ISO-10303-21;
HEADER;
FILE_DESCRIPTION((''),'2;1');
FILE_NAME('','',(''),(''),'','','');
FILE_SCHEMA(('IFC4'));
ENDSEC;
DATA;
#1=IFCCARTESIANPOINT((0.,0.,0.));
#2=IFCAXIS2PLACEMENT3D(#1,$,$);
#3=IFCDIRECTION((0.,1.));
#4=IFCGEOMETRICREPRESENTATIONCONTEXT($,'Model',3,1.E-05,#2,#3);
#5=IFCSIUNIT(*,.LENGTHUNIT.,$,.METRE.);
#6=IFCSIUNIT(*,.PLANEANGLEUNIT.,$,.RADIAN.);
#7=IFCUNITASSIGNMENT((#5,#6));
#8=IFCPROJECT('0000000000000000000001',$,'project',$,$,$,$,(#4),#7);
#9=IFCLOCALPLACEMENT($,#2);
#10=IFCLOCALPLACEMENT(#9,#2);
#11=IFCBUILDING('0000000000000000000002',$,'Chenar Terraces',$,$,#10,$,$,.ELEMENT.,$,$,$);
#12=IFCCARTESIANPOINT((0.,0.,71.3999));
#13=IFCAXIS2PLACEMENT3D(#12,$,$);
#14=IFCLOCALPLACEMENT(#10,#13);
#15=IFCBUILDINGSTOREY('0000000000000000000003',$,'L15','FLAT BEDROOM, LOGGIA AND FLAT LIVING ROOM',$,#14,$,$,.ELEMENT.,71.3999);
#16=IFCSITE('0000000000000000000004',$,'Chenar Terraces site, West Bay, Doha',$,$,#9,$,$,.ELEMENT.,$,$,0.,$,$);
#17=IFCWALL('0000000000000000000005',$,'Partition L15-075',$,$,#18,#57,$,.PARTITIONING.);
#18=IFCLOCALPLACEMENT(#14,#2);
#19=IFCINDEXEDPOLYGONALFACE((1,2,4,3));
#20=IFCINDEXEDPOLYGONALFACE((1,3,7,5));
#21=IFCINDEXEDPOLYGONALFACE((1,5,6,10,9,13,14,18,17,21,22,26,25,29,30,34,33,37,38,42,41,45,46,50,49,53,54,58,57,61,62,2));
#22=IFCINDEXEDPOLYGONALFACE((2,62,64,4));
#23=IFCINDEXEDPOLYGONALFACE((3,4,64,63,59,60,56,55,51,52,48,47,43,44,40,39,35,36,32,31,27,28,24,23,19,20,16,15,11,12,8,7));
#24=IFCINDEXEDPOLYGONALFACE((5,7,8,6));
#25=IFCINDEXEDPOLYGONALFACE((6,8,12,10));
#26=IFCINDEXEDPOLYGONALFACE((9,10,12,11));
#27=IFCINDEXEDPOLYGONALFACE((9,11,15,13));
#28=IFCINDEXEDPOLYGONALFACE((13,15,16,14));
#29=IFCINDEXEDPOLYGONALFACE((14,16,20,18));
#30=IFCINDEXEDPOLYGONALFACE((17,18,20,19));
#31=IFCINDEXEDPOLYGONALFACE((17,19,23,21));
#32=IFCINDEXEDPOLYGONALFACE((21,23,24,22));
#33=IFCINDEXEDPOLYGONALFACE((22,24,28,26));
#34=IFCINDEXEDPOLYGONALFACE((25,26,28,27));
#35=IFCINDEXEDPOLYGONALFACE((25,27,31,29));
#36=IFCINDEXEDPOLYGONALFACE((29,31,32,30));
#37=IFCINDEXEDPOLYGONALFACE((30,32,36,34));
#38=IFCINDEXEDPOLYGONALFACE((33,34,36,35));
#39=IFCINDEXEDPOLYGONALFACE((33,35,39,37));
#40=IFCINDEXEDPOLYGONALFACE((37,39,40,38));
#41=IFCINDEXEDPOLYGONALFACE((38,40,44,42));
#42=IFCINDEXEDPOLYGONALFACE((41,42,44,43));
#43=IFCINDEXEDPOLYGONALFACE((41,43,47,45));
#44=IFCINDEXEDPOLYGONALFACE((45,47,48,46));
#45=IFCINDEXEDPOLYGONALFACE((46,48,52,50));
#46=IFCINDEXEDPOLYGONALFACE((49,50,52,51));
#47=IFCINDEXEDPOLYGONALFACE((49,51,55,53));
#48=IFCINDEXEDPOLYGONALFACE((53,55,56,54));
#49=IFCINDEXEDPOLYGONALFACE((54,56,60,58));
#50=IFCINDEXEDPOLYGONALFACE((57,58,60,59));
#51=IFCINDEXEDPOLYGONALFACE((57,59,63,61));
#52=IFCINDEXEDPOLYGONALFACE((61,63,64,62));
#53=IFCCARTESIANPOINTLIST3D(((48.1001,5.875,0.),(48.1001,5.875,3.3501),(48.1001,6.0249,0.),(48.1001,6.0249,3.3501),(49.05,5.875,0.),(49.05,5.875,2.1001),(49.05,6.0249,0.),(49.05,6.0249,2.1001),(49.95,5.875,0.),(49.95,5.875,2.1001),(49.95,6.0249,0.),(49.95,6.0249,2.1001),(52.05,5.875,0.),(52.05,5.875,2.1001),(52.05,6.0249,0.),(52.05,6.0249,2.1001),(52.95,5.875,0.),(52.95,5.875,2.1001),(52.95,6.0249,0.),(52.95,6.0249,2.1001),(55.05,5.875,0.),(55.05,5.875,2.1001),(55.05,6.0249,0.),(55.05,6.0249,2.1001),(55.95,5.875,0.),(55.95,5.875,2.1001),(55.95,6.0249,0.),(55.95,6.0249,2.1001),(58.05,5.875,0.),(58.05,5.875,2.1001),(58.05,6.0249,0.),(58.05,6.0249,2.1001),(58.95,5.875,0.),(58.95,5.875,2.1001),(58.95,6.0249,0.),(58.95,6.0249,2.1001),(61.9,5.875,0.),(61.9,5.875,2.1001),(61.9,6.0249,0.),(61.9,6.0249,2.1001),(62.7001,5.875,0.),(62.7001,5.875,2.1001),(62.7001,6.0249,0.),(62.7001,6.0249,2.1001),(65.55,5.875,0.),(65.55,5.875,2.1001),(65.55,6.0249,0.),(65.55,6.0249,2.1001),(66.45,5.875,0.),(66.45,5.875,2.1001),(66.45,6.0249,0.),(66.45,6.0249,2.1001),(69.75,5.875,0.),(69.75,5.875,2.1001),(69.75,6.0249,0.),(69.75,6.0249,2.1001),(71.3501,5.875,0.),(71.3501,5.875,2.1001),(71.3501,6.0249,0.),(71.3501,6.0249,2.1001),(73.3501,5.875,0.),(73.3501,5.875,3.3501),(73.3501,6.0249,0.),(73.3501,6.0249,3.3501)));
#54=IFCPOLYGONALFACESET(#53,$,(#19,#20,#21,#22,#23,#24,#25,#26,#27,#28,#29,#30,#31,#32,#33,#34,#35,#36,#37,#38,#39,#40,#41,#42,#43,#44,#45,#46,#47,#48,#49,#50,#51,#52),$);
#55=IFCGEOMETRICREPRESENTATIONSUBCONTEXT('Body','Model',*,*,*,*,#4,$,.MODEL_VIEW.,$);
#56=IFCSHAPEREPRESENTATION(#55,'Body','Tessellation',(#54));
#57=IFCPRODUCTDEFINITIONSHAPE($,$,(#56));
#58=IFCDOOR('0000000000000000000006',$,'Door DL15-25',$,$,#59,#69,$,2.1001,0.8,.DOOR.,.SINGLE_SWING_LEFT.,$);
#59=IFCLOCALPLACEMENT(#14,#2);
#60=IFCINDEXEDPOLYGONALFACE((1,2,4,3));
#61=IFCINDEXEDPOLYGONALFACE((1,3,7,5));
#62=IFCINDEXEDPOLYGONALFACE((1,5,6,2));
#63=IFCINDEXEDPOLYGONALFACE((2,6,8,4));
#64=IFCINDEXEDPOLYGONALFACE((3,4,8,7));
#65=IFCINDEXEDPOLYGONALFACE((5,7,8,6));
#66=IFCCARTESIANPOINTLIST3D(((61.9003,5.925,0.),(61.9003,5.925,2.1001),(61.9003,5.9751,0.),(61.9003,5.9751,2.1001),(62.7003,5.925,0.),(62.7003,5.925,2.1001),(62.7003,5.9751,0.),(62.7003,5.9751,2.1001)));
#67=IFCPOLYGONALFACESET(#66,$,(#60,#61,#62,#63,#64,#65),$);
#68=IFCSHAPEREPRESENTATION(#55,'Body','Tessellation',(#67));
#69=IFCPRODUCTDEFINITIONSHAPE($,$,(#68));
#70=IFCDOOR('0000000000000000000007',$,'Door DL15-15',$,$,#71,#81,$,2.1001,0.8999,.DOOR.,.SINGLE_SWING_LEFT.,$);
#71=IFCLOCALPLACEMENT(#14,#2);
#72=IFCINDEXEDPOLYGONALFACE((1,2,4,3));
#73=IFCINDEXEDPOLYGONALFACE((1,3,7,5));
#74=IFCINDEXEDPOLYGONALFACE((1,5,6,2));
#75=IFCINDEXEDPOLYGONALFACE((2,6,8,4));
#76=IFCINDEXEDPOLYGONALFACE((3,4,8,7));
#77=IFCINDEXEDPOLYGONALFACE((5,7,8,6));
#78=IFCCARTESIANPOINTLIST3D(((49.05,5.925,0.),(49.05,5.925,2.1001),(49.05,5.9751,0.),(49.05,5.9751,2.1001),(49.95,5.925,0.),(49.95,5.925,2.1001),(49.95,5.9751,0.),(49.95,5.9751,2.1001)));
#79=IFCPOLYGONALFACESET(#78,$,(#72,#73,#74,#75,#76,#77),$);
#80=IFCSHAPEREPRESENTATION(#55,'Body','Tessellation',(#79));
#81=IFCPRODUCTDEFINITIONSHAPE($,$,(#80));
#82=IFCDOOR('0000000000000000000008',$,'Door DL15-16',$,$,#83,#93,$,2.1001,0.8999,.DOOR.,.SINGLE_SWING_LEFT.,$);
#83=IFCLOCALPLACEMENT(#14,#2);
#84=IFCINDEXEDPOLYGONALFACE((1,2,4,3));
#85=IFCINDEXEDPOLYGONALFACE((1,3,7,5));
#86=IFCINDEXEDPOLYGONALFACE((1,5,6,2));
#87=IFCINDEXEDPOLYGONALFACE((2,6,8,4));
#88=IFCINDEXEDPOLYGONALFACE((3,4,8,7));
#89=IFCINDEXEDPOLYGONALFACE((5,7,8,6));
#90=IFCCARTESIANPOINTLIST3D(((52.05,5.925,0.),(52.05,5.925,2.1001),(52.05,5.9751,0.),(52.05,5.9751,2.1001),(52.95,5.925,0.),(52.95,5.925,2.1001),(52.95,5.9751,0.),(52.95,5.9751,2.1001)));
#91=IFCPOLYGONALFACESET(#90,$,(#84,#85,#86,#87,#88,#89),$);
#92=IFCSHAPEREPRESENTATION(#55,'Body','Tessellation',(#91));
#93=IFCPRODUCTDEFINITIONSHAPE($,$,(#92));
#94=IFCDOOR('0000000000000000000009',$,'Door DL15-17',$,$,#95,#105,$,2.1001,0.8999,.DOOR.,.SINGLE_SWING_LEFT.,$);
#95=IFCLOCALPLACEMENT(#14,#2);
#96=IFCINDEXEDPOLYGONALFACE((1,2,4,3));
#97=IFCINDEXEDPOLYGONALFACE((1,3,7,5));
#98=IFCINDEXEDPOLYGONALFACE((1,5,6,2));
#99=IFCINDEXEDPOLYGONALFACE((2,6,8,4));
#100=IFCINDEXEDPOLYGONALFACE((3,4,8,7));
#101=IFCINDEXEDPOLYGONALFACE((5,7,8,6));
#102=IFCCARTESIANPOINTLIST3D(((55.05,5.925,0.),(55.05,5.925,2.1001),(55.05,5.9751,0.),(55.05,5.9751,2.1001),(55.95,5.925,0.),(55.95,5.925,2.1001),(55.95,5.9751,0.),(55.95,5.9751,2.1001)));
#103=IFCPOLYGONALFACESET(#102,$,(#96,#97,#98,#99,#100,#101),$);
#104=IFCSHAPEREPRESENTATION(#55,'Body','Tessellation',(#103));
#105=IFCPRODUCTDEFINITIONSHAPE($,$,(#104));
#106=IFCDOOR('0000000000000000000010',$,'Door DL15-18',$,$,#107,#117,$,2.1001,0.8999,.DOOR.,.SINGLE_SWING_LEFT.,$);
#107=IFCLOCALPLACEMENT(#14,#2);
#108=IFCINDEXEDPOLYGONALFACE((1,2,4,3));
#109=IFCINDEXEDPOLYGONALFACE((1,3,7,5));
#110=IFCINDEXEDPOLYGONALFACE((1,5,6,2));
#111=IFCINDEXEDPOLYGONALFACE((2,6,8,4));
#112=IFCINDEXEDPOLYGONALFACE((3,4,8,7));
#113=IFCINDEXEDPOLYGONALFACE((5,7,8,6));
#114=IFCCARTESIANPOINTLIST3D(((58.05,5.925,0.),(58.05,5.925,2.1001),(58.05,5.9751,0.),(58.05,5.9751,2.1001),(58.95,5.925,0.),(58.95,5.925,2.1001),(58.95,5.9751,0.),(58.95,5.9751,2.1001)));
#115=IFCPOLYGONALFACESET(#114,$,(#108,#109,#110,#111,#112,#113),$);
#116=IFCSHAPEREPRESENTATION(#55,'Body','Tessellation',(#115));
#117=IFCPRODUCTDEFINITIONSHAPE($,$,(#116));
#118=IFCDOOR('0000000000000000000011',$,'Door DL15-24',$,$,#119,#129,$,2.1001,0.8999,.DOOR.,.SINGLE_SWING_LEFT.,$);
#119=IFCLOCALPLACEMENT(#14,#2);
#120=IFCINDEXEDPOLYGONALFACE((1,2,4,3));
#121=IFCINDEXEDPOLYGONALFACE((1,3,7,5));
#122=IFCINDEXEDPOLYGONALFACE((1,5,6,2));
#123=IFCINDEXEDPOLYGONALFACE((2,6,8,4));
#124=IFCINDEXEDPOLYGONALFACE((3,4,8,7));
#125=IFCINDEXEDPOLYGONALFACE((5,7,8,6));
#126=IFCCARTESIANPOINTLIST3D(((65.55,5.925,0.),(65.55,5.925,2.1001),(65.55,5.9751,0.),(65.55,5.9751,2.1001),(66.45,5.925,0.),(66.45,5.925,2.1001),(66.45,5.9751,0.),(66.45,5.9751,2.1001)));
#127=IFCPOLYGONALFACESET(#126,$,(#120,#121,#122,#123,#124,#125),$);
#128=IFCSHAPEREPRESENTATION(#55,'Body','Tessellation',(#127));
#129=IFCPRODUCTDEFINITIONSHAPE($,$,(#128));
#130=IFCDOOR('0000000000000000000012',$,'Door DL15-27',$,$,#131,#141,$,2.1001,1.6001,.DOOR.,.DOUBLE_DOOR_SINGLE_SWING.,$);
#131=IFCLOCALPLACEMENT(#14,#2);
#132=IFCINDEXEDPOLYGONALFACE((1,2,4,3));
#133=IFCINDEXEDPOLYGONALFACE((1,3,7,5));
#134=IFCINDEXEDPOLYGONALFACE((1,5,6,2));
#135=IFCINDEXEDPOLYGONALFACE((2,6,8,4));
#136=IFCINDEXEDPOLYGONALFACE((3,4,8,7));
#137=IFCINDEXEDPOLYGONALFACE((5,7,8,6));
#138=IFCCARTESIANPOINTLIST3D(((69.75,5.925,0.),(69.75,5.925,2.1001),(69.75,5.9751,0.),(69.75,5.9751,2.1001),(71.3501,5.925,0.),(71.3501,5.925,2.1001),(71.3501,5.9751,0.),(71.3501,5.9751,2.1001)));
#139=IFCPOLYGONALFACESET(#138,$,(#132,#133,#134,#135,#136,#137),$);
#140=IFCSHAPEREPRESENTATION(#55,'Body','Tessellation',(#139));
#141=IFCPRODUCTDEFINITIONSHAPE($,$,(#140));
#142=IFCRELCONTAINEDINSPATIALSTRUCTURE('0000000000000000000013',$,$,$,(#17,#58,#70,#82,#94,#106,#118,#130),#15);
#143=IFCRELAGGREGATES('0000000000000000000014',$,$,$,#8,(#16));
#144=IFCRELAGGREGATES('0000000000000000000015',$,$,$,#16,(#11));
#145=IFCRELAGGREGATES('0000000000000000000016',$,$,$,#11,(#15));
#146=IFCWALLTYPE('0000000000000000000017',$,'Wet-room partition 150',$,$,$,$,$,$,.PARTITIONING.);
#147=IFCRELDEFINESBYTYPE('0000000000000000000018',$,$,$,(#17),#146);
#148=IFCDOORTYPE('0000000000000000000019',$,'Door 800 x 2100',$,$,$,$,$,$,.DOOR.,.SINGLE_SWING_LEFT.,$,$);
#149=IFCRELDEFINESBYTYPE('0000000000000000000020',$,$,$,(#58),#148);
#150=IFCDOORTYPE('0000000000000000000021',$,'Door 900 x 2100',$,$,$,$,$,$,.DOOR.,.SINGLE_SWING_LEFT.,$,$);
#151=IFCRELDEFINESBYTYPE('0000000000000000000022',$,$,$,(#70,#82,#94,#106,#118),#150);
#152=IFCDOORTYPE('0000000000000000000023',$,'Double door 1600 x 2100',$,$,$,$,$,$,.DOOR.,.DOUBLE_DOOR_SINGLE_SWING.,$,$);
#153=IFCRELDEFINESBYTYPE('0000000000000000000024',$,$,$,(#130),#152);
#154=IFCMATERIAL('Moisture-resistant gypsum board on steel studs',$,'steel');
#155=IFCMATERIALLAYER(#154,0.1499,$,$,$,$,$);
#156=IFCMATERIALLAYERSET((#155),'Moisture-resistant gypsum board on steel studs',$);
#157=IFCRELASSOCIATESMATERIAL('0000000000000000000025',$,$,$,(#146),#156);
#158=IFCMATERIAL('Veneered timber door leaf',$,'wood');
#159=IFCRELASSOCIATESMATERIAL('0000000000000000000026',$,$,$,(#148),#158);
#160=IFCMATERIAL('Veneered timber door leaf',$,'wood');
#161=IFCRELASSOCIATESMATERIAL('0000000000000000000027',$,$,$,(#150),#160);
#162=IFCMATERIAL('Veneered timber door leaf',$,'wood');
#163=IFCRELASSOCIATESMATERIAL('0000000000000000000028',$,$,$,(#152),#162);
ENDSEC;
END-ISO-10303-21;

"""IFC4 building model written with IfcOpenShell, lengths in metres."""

from ifc_helpers import new_model, si_unit, direction, frame, frame_2d, origin, place, context, subcontext, project, spatial, rectangle, extrude, material, layer, layer_set, type_object, element, fill, save


model = new_model("IFC4")

# Units and contexts
model_context = context("Model", 3, precision=1e-05, world=origin(), true_north=direction((0.0, 1.0)))
body_context = subcontext(model_context, "Body", "Model", "MODEL_VIEW")
ifc_project = project(units=[si_unit("LENGTHUNIT", "METRE"), si_unit("PLANEANGLEUNIT", "RADIAN")], contexts=[model_context])

# Site, building, storey
site_placement = place(None, origin())
site = spatial("IfcSite", under=ifc_project, at=site_placement, Name="Chenar Terraces site, West Bay, Doha", CompositionType="ELEMENT", RefElevation=0.0)
building_placement = place(site_placement, origin())
building = spatial("IfcBuilding", under=site, at=building_placement, Name="Chenar Terraces", CompositionType="ELEMENT")
storey_placement = place(building_placement, frame((0.0, 0.0, 71.3999)))
storey = spatial("IfcBuildingStorey", under=building, at=storey_placement, Name="L15", Description="FLAT BEDROOM, LOGGIA AND FLAT LIVING ROOM", CompositionType="ELEMENT", Elevation=71.3999)

# Wall, openings, doors
ifc_material_1 = material(Name="Moisture-resistant gypsum board on steel studs", Category="steel")
ifc_layer_1 = layer(ifc_material_1, 0.1499)
ifc_layer_set_1 = layer_set([ifc_layer_1], Name="Moisture-resistant gypsum board on steel studs")
wall_type_1 = type_object("IfcWallType", Name="Wet-room partition 150", PredefinedType="PARTITIONING", material=ifc_layer_set_1)
wall_1_placement = place(storey_placement, frame((48.1001, 5.95, 0.0), z_axis=(0.0, 0.0, 1.0), x_axis=(1.0, 0.0, 0.0)))
wall_1 = element("IfcWall", 1, at=wall_1_placement, inside=storey, type_object=wall_type_1, Name="Partition L15-075", PredefinedType="PARTITIONING", context=body_context, shape_type="SweptSolid", body=[
    extrude(rectangle(XDim=25.25, YDim=0.1499, at=frame_2d((12.625, 0.0))), origin(), (0.0, 0.0, 1.0), 3.3501),
])
opening_1_placement = place(wall_1_placement, frame((0.95, 0.0, 0.0)))
opening_1 = element("IfcOpeningElement", 2, at=opening_1_placement, cuts=wall_1, PredefinedType="OPENING", context=body_context, shape_type="SweptSolid", body=[
    extrude(rectangle(XDim=0.8999, YDim=2.1001, at=frame_2d((0.45, 1.05))), frame((0.0, 0.085, 0.0), z_axis=(0.0, -1.0, 0.0), x_axis=(1.0, 0.0, 0.0)), (0.0, 0.0, 1.0), 0.1699),
])
opening_2_placement = place(wall_1_placement, frame((3.95, 0.0, 0.0)))
opening_2 = element("IfcOpeningElement", 3, at=opening_2_placement, cuts=wall_1, PredefinedType="OPENING", context=body_context, shape_type="SweptSolid", body=[
    extrude(rectangle(XDim=0.8999, YDim=2.1001, at=frame_2d((0.45, 1.05))), frame((0.0, 0.085, 0.0), z_axis=(0.0, -1.0, 0.0), x_axis=(1.0, 0.0, 0.0)), (0.0, 0.0, 1.0), 0.1699),
])
opening_3_placement = place(wall_1_placement, frame((6.95, 0.0, 0.0)))
opening_3 = element("IfcOpeningElement", 4, at=opening_3_placement, cuts=wall_1, PredefinedType="OPENING", context=body_context, shape_type="SweptSolid", body=[
    extrude(rectangle(XDim=0.8999, YDim=2.1001, at=frame_2d((0.45, 1.05))), frame((0.0, 0.085, 0.0), z_axis=(0.0, -1.0, 0.0), x_axis=(1.0, 0.0, 0.0)), (0.0, 0.0, 1.0), 0.1699),
])
opening_4_placement = place(wall_1_placement, frame((9.95, 0.0, 0.0)))
opening_4 = element("IfcOpeningElement", 5, at=opening_4_placement, cuts=wall_1, PredefinedType="OPENING", context=body_context, shape_type="SweptSolid", body=[
    extrude(rectangle(XDim=0.8999, YDim=2.1001, at=frame_2d((0.45, 1.05))), frame((0.0, 0.085, 0.0), z_axis=(0.0, -1.0, 0.0), x_axis=(1.0, 0.0, 0.0)), (0.0, 0.0, 1.0), 0.1699),
])
opening_5_placement = place(wall_1_placement, frame((17.45, 0.0, 0.0)))
opening_5 = element("IfcOpeningElement", 6, at=opening_5_placement, cuts=wall_1, PredefinedType="OPENING", context=body_context, shape_type="SweptSolid", body=[
    extrude(rectangle(XDim=0.8999, YDim=2.1001, at=frame_2d((0.45, 1.05))), frame((0.0, 0.085, 0.0), z_axis=(0.0, -1.0, 0.0), x_axis=(1.0, 0.0, 0.0)), (0.0, 0.0, 1.0), 0.1699),
])
opening_6_placement = place(wall_1_placement, frame((13.8, 0.0, 0.0)))
opening_6 = element("IfcOpeningElement", 7, at=opening_6_placement, cuts=wall_1, PredefinedType="OPENING", context=body_context, shape_type="SweptSolid", body=[
    extrude(rectangle(XDim=0.8, YDim=2.1001, at=frame_2d((0.3999, 1.05))), frame((0.0, 0.085, 0.0), z_axis=(0.0, -1.0, 0.0), x_axis=(1.0, 0.0, 0.0)), (0.0, 0.0, 1.0), 0.1699),
])
opening_7_placement = place(wall_1_placement, frame((21.6499, 0.0, 0.0)))
opening_7 = element("IfcOpeningElement", 8, at=opening_7_placement, cuts=wall_1, PredefinedType="OPENING", context=body_context, shape_type="SweptSolid", body=[
    extrude(rectangle(XDim=1.6001, YDim=2.1001, at=frame_2d((0.8, 1.05))), frame((0.0, 0.085, 0.0), z_axis=(0.0, -1.0, 0.0), x_axis=(1.0, 0.0, 0.0)), (0.0, 0.0, 1.0), 0.1699),
])
ifc_material_2 = material(Name="Veneered timber door leaf", Category="wood")
door_type_1 = type_object("IfcDoorType", Name="Door 800 x 2100", OperationType="SINGLE_SWING_LEFT", PredefinedType="DOOR", material=ifc_material_2)
door_1_placement = place(opening_6_placement, frame((0.8, 0.0, 0.0), z_axis=(0.0, 0.0, 1.0), x_axis=(-1.0, 0.0, 0.0)))
door_1 = element("IfcDoor", 9, at=door_1_placement, inside=storey, type_object=door_type_1, Name="Door DL15-25", OperationType="SINGLE_SWING_LEFT", OverallHeight=2.1001, OverallWidth=0.8, PredefinedType="DOOR", context=body_context, shape_type="SweptSolid", body=[
    extrude(rectangle(XDim=0.8, YDim=2.1001, at=frame_2d((0.3999, 1.05))), frame((0.0, 0.0249, 0.0), z_axis=(0.0, -1.0, 0.0), x_axis=(1.0, 0.0, 0.0)), (0.0, 0.0, 1.0), 0.05),
])
fill(opening_6, door_1)
ifc_material_3 = material(Name="Veneered timber door leaf", Category="wood")
door_type_2 = type_object("IfcDoorType", Name="Door 900 x 2100", OperationType="SINGLE_SWING_LEFT", PredefinedType="DOOR", material=ifc_material_3)
door_2_placement = place(opening_1_placement, frame((0.8999, 0.0, 0.0), z_axis=(0.0, 0.0, 1.0), x_axis=(-1.0, 0.0, 0.0)))
door_2 = element("IfcDoor", 10, at=door_2_placement, inside=storey, type_object=door_type_2, Name="Door DL15-15", OperationType="SINGLE_SWING_LEFT", OverallHeight=2.1001, OverallWidth=0.8999, PredefinedType="DOOR", context=body_context, shape_type="SweptSolid", body=[
    extrude(rectangle(XDim=0.8999, YDim=2.1001, at=frame_2d((0.45, 1.05))), frame((0.0, 0.0249, 0.0), z_axis=(0.0, -1.0, 0.0), x_axis=(1.0, 0.0, 0.0)), (0.0, 0.0, 1.0), 0.05),
])
fill(opening_1, door_2)
door_3_placement = place(opening_2_placement, frame((0.8999, 0.0, 0.0), z_axis=(0.0, 0.0, 1.0), x_axis=(-1.0, 0.0, 0.0)))
door_3 = element("IfcDoor", 11, at=door_3_placement, inside=storey, type_object=door_type_2, Name="Door DL15-16", OperationType="SINGLE_SWING_LEFT", OverallHeight=2.1001, OverallWidth=0.8999, PredefinedType="DOOR", context=body_context, shape_type="SweptSolid", body=[
    extrude(rectangle(XDim=0.8999, YDim=2.1001, at=frame_2d((0.45, 1.05))), frame((0.0, 0.0249, 0.0), z_axis=(0.0, -1.0, 0.0), x_axis=(1.0, 0.0, 0.0)), (0.0, 0.0, 1.0), 0.05),
])
fill(opening_2, door_3)
door_4_placement = place(opening_3_placement, frame((0.8999, 0.0, 0.0), z_axis=(0.0, 0.0, 1.0), x_axis=(-1.0, 0.0, 0.0)))
door_4 = element("IfcDoor", 12, at=door_4_placement, inside=storey, type_object=door_type_2, Name="Door DL15-17", OperationType="SINGLE_SWING_LEFT", OverallHeight=2.1001, OverallWidth=0.8999, PredefinedType="DOOR", context=body_context, shape_type="SweptSolid", body=[
    extrude(rectangle(XDim=0.8999, YDim=2.1001, at=frame_2d((0.45, 1.05))), frame((0.0, 0.0249, 0.0), z_axis=(0.0, -1.0, 0.0), x_axis=(1.0, 0.0, 0.0)), (0.0, 0.0, 1.0), 0.05),
])
fill(opening_3, door_4)
door_5_placement = place(opening_4_placement, frame((0.8999, 0.0, 0.0), z_axis=(0.0, 0.0, 1.0), x_axis=(-1.0, 0.0, 0.0)))
door_5 = element("IfcDoor", 13, at=door_5_placement, inside=storey, type_object=door_type_2, Name="Door DL15-18", OperationType="SINGLE_SWING_LEFT", OverallHeight=2.1001, OverallWidth=0.8999, PredefinedType="DOOR", context=body_context, shape_type="SweptSolid", body=[
    extrude(rectangle(XDim=0.8999, YDim=2.1001, at=frame_2d((0.45, 1.05))), frame((0.0, 0.0249, 0.0), z_axis=(0.0, -1.0, 0.0), x_axis=(1.0, 0.0, 0.0)), (0.0, 0.0, 1.0), 0.05),
])
fill(opening_4, door_5)
door_6_placement = place(opening_5_placement, frame((0.8999, 0.0, 0.0), z_axis=(0.0, 0.0, 1.0), x_axis=(-1.0, 0.0, 0.0)))
door_6 = element("IfcDoor", 14, at=door_6_placement, inside=storey, type_object=door_type_2, Name="Door DL15-24", OperationType="SINGLE_SWING_LEFT", OverallHeight=2.1001, OverallWidth=0.8999, PredefinedType="DOOR", context=body_context, shape_type="SweptSolid", body=[
    extrude(rectangle(XDim=0.8999, YDim=2.1001, at=frame_2d((0.45, 1.05))), frame((0.0, 0.0249, 0.0), z_axis=(0.0, -1.0, 0.0), x_axis=(1.0, 0.0, 0.0)), (0.0, 0.0, 1.0), 0.05),
])
fill(opening_5, door_6)
ifc_material_4 = material(Name="Veneered timber door leaf", Category="wood")
door_type_3 = type_object("IfcDoorType", Name="Double door 1600 x 2100", OperationType="DOUBLE_DOOR_SINGLE_SWING", PredefinedType="DOOR", material=ifc_material_4)
door_7_placement = place(opening_7_placement, frame((1.6001, 0.0, 0.0), z_axis=(0.0, 0.0, 1.0), x_axis=(-1.0, 0.0, 0.0)))
door_7 = element("IfcDoor", 15, at=door_7_placement, inside=storey, type_object=door_type_3, Name="Door DL15-27", OperationType="DOUBLE_DOOR_SINGLE_SWING", OverallHeight=2.1001, OverallWidth=1.6001, PredefinedType="DOOR", context=body_context, shape_type="SweptSolid", body=[
    extrude(rectangle(XDim=1.6001, YDim=2.1001, at=frame_2d((0.8, 1.05))), frame((0.0, 0.0249, 0.0), z_axis=(0.0, -1.0, 0.0), x_axis=(1.0, 0.0, 0.0)), (0.0, 0.0, 1.0), 0.05),
])
fill(opening_7, door_7)

save(model, "model.ifc")
